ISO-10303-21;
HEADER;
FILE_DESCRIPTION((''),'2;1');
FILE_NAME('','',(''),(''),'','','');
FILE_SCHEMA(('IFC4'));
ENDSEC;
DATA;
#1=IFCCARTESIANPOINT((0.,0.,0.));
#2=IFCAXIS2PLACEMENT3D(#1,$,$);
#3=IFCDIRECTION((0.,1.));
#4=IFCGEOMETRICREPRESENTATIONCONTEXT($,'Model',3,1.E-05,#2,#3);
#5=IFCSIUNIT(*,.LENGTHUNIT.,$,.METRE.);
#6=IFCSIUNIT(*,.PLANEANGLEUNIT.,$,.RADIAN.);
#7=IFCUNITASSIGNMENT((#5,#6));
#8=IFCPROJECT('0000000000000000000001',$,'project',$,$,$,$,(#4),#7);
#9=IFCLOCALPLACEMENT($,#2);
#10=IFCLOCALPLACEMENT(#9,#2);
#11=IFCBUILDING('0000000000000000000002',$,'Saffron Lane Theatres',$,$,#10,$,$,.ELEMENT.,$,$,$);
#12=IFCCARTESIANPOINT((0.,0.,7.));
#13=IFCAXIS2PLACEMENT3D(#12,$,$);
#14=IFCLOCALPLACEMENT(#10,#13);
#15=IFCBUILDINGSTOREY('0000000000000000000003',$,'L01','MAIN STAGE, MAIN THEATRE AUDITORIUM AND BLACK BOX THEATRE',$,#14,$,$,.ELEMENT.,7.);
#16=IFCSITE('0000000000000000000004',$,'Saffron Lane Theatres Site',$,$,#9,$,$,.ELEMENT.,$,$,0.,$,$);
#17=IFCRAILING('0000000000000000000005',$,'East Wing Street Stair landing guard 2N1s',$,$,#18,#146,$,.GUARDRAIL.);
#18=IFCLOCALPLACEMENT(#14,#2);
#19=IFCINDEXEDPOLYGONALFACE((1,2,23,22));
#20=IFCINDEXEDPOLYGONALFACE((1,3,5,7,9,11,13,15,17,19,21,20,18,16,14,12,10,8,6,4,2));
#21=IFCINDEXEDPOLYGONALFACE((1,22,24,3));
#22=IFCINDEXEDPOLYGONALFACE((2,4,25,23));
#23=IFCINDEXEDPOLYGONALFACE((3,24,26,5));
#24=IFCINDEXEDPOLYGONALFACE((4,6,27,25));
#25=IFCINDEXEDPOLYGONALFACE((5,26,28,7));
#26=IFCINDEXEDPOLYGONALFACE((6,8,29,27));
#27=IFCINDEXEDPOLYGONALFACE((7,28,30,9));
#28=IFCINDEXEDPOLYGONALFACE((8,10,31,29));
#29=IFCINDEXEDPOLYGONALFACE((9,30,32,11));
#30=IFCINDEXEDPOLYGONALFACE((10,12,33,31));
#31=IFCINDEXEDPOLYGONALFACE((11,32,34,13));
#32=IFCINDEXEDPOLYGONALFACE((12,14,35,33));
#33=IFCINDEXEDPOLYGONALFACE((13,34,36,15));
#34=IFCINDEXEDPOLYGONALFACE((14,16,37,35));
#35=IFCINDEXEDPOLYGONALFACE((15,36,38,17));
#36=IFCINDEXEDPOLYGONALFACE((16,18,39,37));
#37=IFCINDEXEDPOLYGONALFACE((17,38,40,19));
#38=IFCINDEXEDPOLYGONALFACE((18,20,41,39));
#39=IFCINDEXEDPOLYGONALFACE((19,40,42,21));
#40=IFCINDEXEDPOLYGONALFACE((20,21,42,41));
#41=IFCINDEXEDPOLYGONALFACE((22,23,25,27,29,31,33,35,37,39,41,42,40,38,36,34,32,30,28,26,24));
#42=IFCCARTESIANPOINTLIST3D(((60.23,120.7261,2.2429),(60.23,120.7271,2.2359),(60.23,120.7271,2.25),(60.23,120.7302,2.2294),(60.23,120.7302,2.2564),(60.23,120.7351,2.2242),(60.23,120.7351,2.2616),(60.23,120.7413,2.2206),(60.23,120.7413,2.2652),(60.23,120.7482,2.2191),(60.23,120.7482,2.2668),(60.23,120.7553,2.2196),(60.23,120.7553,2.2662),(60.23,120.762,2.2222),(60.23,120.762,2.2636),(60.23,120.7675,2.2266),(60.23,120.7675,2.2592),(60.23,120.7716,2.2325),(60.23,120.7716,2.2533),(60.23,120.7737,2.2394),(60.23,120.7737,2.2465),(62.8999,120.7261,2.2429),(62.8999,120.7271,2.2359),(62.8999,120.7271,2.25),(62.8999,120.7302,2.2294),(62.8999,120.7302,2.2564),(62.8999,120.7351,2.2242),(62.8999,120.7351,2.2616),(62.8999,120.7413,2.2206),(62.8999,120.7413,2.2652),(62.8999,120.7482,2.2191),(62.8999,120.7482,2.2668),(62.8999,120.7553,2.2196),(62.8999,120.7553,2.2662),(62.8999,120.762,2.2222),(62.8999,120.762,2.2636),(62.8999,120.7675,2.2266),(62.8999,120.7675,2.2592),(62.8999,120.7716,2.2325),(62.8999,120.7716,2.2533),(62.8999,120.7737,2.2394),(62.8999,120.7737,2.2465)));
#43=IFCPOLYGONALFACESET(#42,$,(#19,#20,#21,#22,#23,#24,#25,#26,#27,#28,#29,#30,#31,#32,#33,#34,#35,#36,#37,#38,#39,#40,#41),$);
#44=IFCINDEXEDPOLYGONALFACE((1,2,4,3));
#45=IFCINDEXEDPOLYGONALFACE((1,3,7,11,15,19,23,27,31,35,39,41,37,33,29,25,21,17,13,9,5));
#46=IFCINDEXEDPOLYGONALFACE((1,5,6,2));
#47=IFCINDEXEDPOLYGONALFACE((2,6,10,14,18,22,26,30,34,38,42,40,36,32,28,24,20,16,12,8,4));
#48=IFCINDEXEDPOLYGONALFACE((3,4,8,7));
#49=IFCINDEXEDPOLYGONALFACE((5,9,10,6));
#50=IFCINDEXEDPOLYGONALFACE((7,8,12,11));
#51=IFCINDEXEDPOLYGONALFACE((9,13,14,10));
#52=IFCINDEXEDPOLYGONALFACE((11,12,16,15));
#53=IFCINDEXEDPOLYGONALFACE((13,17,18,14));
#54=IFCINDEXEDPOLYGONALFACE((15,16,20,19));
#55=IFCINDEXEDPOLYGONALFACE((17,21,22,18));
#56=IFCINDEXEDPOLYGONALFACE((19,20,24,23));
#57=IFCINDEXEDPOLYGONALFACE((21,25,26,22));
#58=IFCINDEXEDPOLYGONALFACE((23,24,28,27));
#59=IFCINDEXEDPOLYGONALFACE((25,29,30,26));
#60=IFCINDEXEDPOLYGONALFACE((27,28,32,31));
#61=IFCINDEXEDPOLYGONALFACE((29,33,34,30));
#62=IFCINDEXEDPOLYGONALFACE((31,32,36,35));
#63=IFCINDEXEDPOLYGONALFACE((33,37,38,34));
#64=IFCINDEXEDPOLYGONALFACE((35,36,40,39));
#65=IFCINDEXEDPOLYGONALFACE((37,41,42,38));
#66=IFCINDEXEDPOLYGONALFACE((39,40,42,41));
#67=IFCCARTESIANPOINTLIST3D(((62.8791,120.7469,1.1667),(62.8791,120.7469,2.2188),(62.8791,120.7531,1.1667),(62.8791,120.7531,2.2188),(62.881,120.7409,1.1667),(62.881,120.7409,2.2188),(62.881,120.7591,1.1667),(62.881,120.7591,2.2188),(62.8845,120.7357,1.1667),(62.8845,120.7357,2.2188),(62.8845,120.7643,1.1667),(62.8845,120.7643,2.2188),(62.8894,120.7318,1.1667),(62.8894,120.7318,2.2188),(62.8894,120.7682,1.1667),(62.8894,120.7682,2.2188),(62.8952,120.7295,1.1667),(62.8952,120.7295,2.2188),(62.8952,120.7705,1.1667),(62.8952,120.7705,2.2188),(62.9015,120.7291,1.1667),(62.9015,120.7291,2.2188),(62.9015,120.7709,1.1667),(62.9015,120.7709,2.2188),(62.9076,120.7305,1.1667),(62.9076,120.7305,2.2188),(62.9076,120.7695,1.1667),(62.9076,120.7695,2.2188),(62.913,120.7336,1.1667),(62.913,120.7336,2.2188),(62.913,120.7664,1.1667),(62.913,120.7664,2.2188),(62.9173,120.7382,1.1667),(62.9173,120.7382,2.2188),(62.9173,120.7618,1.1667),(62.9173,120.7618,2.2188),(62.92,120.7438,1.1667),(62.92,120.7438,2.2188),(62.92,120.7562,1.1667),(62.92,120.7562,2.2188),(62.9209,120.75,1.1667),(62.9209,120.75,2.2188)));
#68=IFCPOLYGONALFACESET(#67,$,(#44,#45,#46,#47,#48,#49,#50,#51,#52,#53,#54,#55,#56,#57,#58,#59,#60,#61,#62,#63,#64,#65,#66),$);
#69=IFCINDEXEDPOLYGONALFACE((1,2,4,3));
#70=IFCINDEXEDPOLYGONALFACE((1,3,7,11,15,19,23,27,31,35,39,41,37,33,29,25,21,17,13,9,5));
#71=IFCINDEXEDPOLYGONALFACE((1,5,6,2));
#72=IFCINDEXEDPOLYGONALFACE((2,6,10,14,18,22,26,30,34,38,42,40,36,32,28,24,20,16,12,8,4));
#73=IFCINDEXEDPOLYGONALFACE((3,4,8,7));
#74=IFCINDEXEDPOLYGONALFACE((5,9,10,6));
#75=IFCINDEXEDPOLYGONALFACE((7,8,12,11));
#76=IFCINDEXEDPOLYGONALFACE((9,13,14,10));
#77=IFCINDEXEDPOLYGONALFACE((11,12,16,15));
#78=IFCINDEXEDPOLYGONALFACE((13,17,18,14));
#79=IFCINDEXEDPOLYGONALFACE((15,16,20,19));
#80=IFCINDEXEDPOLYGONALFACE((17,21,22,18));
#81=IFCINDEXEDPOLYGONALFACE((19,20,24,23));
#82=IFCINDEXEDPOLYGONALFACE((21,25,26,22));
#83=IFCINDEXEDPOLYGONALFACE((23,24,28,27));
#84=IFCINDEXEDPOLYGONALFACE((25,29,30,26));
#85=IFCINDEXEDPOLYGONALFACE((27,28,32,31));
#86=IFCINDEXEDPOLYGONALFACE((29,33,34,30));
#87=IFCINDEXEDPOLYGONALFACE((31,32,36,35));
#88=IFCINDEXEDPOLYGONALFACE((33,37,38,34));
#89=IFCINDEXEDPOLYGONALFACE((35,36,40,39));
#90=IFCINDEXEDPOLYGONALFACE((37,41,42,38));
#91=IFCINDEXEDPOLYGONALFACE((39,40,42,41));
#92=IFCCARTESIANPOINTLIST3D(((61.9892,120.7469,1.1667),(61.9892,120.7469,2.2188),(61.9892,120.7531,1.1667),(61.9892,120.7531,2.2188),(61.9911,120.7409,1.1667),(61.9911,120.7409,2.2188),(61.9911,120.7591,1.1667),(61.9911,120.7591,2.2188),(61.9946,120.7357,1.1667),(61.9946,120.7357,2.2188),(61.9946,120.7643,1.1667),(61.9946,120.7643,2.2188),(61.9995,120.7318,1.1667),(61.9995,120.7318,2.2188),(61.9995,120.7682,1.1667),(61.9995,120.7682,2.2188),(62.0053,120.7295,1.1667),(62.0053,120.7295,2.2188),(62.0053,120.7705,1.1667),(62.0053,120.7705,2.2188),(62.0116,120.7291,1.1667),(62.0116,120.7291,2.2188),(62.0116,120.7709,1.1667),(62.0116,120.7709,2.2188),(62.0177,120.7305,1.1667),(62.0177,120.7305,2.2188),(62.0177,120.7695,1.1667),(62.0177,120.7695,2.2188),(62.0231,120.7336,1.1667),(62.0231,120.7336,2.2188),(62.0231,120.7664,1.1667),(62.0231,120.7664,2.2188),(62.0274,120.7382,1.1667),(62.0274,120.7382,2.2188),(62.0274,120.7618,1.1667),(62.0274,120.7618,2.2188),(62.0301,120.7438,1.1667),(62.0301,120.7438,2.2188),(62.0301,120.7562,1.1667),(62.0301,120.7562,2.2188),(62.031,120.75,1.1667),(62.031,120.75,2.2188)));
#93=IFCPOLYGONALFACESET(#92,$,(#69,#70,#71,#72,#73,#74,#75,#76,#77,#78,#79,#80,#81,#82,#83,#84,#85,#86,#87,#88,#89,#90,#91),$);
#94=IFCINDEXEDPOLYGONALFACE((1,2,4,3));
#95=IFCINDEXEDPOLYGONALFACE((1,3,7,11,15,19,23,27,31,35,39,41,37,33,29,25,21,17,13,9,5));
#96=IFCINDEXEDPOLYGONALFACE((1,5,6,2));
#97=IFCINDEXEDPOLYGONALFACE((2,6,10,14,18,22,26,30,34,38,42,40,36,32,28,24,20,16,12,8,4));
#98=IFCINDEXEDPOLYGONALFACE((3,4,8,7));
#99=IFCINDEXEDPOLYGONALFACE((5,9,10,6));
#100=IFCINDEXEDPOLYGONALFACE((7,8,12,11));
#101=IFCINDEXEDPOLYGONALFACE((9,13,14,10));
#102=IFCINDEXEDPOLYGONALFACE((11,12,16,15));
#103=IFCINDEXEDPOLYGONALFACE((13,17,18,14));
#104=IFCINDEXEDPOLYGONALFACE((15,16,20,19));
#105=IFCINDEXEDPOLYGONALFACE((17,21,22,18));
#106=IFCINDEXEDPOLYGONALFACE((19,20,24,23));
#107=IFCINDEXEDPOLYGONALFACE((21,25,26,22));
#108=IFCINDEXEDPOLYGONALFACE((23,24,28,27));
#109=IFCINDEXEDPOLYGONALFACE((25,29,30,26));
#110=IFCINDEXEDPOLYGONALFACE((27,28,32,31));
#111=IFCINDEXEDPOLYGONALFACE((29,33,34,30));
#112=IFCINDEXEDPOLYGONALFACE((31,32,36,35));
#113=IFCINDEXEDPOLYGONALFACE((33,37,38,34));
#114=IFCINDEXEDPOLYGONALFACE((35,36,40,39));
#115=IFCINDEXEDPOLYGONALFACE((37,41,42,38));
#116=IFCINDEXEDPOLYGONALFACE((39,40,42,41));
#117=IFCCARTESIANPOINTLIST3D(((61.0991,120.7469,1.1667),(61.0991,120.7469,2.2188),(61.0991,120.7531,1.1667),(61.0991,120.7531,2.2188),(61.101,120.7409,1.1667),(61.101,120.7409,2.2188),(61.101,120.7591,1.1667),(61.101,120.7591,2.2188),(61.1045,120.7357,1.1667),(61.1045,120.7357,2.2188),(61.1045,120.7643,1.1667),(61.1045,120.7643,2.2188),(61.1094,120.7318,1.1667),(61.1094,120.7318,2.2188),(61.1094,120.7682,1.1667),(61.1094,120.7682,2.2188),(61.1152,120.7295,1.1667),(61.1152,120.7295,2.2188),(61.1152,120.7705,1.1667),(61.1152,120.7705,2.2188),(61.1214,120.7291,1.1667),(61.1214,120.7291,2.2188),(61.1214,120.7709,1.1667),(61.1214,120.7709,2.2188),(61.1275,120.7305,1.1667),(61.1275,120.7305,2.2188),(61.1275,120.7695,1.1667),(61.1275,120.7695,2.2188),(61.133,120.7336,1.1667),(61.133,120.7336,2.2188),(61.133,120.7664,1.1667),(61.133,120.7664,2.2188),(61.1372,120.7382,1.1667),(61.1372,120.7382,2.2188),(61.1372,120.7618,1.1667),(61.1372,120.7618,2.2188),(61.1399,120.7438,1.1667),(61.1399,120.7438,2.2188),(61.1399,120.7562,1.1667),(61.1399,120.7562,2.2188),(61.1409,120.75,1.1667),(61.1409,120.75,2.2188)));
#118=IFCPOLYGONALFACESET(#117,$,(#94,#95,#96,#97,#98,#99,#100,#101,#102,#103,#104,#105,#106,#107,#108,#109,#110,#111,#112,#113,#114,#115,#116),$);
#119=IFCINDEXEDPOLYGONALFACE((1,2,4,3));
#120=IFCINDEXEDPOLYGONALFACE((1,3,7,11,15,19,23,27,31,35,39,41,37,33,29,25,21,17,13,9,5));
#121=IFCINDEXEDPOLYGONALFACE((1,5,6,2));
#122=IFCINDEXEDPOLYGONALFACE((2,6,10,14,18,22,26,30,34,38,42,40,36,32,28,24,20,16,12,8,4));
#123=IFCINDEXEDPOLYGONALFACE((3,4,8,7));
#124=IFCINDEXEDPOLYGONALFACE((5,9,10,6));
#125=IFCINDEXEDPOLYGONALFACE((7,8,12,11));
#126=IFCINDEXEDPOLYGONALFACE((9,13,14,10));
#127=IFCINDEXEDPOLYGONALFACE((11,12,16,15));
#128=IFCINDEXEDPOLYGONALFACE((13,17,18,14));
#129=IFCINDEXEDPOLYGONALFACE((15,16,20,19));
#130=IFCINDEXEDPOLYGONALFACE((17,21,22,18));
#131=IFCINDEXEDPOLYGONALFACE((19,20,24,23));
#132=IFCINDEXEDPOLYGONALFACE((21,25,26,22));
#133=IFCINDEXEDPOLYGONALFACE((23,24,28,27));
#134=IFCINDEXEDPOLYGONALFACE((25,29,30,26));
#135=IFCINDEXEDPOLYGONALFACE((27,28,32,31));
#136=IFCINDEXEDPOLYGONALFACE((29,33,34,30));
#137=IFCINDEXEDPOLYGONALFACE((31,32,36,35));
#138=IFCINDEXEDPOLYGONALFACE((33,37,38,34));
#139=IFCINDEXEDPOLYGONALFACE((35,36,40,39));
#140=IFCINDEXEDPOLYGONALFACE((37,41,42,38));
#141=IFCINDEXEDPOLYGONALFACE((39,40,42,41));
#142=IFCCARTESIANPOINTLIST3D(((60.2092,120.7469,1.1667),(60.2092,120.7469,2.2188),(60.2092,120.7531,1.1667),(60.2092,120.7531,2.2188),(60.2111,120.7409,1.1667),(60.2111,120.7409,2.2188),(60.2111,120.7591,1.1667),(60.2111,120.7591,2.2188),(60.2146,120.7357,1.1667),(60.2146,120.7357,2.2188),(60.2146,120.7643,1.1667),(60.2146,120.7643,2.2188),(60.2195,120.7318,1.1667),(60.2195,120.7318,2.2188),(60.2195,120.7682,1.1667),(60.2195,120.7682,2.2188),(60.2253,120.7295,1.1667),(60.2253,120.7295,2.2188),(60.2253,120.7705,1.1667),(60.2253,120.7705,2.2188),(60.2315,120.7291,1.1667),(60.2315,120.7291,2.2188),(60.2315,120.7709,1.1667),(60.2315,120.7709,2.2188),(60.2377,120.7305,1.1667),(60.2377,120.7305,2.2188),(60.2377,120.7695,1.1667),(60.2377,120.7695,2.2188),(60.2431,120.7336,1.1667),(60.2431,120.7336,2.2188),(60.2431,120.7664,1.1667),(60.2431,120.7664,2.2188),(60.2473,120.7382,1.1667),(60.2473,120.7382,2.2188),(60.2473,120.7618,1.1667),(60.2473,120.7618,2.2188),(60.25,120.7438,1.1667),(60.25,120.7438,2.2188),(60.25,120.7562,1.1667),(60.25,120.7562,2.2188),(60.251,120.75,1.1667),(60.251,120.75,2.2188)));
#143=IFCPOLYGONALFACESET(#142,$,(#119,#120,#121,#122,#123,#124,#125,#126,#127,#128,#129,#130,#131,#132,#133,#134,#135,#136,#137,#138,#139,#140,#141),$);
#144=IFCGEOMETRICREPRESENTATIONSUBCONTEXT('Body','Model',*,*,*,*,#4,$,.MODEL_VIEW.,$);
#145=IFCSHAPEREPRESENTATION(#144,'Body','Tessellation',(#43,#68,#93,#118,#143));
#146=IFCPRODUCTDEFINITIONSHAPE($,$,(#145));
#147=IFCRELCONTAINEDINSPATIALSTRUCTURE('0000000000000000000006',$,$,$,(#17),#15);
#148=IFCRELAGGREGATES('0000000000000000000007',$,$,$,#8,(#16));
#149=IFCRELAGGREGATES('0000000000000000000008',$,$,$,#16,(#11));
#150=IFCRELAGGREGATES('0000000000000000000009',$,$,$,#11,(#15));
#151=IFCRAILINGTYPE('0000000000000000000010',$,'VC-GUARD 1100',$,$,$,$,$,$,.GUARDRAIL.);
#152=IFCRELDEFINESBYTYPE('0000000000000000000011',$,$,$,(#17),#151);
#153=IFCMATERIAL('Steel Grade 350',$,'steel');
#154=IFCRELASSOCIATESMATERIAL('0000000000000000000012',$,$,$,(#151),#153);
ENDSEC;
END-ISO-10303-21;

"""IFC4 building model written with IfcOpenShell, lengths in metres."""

from ifc_helpers import new_model, si_unit, direction, frame, origin, origin_2d, place, context, subcontext, project, spatial, circle, extrude, material, type_object, element, save


model = new_model("IFC4")

# Units and contexts
model_context = context("Model", 3, precision=1e-05, world=origin(), true_north=direction((0.0, 1.0)))
body_context = subcontext(model_context, "Body", "Model", "MODEL_VIEW")
ifc_project = project(units=[si_unit("LENGTHUNIT", "METRE"), si_unit("PLANEANGLEUNIT", "RADIAN")], contexts=[model_context])

# Site, building, storey
site_placement = place(None, origin())
site = spatial("IfcSite", under=ifc_project, at=site_placement, Name="Saffron Lane Theatres Site", CompositionType="ELEMENT", RefElevation=0.0)
building_placement = place(site_placement, origin())
building = spatial("IfcBuilding", under=site, at=building_placement, Name="Saffron Lane Theatres", CompositionType="ELEMENT")
storey_placement = place(building_placement, frame((0.0, 0.0, 7.0)))
storey = spatial("IfcBuildingStorey", under=building, at=storey_placement, Name="L01", Description="MAIN STAGE, MAIN THEATRE AUDITORIUM AND BLACK BOX THEATRE", CompositionType="ELEMENT", Elevation=7.0)

# Railing
ifc_material_1 = material(Name="Steel Grade 350", Category="steel")
railing_type_1 = type_object("IfcRailingType", Name="VC-GUARD 1100", PredefinedType="GUARDRAIL", material=ifc_material_1)
railing_1_placement = place(storey_placement, frame((62.8999, 120.75, 1.1667)))
element("IfcRailing", 1, at=railing_1_placement, inside=storey, type_object=railing_type_1, Name="East Wing Street Stair landing guard 2N1s", PredefinedType="GUARDRAIL", context=body_context, shape_type="SweptSolid", body=[
    extrude(circle(Radius=0.0239, at=origin_2d()), frame((0.0, 0.0, 1.0762), z_axis=(-1.0, 0.0, 0.0), x_axis=(0.0, -1.0, 0.0)), (0.0, 0.0, 1.0), 2.6699),
    extrude(circle(Radius=0.021, at=origin_2d()), origin(), (0.0, 0.0, 1.0), 1.052),
    extrude(circle(Radius=0.021, at=origin_2d()), frame((-0.8899, 0.0, 0.0)), (0.0, 0.0, 1.0), 1.052),
    extrude(circle(Radius=0.021, at=origin_2d()), frame((-1.78, 0.0, 0.0)), (0.0, 0.0, 1.0), 1.052),
    extrude(circle(Radius=0.021, at=origin_2d()), frame((-2.6699, 0.0, 0.0)), (0.0, 0.0, 1.0), 1.052),
])

save(model, "model.ifc")
